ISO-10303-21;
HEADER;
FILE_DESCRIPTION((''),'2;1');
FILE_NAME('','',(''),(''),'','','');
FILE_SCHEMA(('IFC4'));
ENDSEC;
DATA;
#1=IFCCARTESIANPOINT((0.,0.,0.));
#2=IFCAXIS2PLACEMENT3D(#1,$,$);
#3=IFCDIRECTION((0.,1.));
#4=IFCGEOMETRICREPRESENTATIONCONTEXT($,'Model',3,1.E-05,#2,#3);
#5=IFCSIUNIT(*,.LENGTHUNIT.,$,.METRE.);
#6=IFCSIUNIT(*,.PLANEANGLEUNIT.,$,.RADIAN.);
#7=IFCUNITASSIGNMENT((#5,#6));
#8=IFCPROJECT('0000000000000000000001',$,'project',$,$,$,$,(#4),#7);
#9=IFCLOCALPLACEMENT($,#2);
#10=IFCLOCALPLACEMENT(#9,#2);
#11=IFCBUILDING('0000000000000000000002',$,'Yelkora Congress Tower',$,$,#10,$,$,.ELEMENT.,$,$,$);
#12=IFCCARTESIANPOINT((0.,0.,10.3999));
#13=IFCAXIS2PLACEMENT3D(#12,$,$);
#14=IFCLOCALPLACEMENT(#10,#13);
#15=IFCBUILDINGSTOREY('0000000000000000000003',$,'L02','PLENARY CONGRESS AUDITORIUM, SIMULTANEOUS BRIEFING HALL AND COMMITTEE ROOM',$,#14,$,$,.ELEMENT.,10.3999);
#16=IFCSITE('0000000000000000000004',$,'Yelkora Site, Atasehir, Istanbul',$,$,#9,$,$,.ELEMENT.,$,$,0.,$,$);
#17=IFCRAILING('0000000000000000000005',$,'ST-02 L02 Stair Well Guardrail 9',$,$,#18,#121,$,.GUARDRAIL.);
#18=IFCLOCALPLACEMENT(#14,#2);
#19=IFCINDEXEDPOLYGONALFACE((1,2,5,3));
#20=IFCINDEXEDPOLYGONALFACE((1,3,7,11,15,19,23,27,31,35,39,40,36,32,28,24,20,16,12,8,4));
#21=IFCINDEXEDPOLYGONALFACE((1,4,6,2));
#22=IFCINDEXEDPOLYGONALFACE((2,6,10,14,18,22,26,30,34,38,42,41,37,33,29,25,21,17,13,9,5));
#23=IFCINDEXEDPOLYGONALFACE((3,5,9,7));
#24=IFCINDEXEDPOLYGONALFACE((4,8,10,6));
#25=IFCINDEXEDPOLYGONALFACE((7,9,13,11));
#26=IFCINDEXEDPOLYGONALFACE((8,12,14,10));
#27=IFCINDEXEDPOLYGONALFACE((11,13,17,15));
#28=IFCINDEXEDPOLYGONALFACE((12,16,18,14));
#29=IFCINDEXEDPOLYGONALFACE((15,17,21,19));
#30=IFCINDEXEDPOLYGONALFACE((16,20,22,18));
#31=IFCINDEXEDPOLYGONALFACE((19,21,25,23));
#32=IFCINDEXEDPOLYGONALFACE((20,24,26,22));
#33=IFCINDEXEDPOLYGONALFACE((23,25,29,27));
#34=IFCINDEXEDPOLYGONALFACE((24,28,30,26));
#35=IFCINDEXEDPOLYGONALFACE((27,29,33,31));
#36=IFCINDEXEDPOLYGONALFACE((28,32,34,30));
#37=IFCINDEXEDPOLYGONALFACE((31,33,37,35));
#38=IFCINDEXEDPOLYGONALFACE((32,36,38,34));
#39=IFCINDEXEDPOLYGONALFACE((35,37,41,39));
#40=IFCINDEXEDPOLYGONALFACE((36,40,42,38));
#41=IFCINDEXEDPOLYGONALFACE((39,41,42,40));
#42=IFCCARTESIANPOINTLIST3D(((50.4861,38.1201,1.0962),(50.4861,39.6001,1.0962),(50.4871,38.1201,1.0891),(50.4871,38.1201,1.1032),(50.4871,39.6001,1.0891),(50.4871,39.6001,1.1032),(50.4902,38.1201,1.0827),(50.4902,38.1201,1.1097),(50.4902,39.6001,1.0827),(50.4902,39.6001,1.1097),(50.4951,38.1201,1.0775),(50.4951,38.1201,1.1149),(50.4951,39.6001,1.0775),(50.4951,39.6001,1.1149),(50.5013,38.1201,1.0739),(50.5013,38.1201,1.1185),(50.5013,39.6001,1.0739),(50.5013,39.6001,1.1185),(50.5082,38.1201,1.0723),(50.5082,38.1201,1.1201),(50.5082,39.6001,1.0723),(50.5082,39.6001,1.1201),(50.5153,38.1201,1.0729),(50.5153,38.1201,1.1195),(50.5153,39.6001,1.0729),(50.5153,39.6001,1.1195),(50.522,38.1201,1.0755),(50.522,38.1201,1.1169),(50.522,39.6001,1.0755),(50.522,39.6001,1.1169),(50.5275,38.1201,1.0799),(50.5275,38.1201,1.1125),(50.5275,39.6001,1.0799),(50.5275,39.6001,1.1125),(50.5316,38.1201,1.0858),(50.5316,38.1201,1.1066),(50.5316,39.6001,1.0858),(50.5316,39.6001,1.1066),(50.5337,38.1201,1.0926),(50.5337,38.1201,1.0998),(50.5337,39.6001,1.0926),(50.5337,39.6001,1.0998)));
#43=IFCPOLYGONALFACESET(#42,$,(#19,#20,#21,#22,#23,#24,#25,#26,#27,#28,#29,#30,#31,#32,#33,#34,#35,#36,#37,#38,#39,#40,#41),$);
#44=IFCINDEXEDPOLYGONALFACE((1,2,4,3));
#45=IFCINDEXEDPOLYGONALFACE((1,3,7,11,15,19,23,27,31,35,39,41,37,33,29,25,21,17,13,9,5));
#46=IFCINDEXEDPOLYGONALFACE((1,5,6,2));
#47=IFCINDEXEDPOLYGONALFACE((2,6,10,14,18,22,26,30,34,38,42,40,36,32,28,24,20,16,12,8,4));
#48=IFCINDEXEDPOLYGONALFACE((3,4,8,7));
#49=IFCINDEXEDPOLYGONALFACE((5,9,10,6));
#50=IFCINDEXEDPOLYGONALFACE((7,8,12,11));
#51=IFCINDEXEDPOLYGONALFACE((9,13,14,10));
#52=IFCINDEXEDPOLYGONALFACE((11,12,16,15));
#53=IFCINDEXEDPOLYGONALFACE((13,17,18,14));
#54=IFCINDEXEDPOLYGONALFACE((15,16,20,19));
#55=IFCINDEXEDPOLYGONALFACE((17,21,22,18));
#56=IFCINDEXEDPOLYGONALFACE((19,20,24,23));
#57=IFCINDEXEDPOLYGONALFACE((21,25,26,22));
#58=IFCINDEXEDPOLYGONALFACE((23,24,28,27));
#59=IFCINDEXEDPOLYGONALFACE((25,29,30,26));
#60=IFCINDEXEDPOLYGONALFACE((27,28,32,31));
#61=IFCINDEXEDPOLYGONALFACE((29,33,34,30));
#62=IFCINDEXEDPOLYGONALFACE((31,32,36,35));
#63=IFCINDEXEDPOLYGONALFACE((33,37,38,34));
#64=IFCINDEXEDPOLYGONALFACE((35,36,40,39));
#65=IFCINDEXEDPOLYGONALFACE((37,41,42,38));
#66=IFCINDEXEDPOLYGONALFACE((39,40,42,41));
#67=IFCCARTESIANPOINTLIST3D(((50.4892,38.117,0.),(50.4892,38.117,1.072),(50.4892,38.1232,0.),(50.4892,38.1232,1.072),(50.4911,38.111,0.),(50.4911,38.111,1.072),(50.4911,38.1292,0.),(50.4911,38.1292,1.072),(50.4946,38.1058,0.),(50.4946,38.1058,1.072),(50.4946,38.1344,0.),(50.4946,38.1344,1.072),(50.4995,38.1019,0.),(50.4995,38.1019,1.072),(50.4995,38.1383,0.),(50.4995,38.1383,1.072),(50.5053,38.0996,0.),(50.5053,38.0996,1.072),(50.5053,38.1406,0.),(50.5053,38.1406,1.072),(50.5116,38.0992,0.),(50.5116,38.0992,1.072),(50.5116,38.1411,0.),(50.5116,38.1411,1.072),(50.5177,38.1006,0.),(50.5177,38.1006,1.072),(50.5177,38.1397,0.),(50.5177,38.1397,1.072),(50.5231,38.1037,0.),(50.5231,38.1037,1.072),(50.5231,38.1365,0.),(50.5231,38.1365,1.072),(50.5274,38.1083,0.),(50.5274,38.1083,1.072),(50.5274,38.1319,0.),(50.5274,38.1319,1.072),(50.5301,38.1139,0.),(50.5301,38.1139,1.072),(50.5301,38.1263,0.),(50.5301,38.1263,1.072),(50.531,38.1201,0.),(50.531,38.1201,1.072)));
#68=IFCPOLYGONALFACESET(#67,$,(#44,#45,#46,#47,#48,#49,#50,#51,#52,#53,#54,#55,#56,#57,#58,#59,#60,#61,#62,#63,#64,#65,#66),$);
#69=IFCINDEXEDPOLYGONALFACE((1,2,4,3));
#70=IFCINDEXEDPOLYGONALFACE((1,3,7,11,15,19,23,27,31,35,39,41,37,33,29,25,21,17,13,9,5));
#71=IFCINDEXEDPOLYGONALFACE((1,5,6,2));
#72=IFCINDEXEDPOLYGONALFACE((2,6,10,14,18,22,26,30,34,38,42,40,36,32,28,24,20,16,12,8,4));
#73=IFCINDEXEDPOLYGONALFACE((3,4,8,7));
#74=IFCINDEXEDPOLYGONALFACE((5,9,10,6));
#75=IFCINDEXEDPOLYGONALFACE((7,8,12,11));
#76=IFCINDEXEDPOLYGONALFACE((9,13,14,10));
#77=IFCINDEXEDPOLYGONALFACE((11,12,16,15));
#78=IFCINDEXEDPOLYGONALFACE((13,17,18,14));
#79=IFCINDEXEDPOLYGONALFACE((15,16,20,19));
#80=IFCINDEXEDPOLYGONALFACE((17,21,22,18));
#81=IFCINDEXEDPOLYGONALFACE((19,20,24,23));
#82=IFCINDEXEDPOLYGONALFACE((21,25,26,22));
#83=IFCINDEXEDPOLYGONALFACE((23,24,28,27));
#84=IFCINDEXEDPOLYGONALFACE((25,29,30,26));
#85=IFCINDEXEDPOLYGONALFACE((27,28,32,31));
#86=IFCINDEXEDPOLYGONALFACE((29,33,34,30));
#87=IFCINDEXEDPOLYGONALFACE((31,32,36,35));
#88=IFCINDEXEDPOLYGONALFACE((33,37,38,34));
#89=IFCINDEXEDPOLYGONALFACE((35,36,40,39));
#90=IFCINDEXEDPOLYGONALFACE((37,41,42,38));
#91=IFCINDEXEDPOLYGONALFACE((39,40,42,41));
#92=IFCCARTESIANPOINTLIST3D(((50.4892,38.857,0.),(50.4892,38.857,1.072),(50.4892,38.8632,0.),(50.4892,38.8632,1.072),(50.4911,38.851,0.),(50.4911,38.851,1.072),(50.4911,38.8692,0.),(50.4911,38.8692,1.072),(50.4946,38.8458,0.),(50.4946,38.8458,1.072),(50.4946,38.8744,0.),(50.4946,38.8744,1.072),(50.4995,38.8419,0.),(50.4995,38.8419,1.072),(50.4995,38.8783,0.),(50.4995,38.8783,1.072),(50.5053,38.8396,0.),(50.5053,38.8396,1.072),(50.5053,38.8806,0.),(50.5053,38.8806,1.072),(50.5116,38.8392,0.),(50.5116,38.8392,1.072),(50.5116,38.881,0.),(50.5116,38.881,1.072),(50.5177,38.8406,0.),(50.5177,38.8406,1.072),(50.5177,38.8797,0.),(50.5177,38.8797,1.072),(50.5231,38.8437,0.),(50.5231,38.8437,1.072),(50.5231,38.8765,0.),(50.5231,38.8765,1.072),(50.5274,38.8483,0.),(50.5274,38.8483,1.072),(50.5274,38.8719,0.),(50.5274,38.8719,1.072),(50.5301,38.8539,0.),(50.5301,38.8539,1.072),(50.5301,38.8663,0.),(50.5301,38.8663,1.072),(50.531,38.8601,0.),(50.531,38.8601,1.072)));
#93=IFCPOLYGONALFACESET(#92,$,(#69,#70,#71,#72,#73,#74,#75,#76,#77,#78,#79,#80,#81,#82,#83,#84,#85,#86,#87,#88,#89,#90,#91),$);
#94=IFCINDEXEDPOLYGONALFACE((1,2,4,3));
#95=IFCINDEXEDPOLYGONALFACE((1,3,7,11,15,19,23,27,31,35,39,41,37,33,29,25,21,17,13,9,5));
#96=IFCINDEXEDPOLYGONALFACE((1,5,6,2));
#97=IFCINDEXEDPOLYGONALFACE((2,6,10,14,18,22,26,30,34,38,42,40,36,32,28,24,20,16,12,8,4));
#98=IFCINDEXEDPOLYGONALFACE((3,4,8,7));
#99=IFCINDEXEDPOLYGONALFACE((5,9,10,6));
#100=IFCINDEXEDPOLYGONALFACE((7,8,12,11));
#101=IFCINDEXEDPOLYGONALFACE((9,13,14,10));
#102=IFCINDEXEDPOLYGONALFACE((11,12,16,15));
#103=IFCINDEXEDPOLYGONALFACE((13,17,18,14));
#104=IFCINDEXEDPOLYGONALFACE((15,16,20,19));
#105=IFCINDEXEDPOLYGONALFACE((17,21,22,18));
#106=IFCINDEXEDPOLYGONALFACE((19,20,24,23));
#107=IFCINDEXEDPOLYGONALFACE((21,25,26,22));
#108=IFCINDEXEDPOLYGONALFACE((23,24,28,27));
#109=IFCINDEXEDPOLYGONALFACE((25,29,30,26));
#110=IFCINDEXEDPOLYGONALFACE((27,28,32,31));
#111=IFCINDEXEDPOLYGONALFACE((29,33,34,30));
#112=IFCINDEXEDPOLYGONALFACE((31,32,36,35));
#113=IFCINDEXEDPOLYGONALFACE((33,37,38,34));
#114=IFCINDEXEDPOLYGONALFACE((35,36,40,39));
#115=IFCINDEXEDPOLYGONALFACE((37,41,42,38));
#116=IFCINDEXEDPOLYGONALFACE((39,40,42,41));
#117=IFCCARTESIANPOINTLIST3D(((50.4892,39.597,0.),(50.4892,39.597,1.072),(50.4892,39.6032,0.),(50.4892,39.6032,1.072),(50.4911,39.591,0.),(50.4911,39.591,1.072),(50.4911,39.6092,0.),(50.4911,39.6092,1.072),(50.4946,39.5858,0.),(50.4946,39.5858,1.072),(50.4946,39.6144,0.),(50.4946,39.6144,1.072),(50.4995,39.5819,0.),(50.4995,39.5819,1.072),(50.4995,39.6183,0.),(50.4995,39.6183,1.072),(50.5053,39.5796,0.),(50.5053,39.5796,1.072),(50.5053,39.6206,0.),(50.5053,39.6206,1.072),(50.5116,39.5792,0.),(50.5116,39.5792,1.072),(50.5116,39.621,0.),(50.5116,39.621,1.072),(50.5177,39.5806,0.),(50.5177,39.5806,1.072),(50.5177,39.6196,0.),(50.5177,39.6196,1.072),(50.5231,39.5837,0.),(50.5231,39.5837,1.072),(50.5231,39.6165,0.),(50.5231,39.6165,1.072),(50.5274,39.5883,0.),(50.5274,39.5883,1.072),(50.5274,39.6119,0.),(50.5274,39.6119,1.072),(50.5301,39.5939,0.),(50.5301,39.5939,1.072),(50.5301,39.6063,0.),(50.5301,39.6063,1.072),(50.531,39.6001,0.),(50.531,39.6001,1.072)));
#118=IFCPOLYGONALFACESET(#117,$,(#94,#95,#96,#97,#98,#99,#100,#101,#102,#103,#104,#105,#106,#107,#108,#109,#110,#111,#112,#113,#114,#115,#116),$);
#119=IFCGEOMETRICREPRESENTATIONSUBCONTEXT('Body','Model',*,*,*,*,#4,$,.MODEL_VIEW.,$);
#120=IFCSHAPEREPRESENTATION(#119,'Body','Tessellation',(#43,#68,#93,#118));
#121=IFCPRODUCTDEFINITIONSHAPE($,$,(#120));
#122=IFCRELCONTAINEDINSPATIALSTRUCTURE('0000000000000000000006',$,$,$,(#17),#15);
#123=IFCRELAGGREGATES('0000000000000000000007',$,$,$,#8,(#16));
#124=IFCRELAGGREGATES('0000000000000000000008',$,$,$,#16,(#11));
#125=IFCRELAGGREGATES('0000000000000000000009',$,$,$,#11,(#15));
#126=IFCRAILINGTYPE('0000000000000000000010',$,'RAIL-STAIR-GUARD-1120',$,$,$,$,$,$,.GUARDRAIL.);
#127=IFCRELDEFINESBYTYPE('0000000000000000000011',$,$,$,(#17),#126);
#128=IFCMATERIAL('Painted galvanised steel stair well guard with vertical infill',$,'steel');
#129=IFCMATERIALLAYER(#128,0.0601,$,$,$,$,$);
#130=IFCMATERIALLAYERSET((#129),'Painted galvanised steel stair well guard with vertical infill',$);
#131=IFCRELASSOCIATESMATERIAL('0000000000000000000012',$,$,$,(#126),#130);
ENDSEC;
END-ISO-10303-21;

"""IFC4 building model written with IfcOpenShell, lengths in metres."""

from ifc_helpers import new_model, si_unit, direction, frame, origin, origin_2d, place, context, subcontext, project, spatial, circle, extrude, material, layer, layer_set, type_object, element, save


model = new_model("IFC4")

# Units and contexts
model_context = context("Model", 3, precision=1e-05, world=origin(), true_north=direction((0.0, 1.0)))
body_context = subcontext(model_context, "Body", "Model", "MODEL_VIEW")
ifc_project = project(units=[si_unit("LENGTHUNIT", "METRE"), si_unit("PLANEANGLEUNIT", "RADIAN")], contexts=[model_context])

# Site, building, storey
site_placement = place(None, origin())
site = spatial("IfcSite", under=ifc_project, at=site_placement, Name="Yelkora Site, Atasehir, Istanbul", CompositionType="ELEMENT", RefElevation=0.0)
building_placement = place(site_placement, origin())
building = spatial("IfcBuilding", under=site, at=building_placement, Name="Yelkora Congress Tower", CompositionType="ELEMENT")
storey_placement = place(building_placement, frame((0.0, 0.0, 10.3999)))
storey = spatial("IfcBuildingStorey", under=building, at=storey_placement, Name="L02", Description="PLENARY CONGRESS AUDITORIUM, SIMULTANEOUS BRIEFING HALL AND COMMITTEE ROOM", CompositionType="ELEMENT", Elevation=10.3999)

# Railing
ifc_material_1 = material(Name="Painted galvanised steel stair well guard with vertical infill", Category="steel")
ifc_layer_1 = layer(ifc_material_1, 0.0601)
ifc_layer_set_1 = layer_set([ifc_layer_1], Name="Painted galvanised steel stair well guard with vertical infill")
railing_type_1 = type_object("IfcRailingType", Name="RAIL-STAIR-GUARD-1120", PredefinedType="GUARDRAIL", material=ifc_layer_set_1)
for number, where, name in (
    (1, (50.51, 38.1201, 0.0), "ST-02 L02 Stair Well Guardrail 9"),
):
    element("IfcRailing", number, at=place(storey_placement, frame(where)), inside=storey, type_object=railing_type_1, Name=name, PredefinedType="GUARDRAIL", context=body_context, shape_type="SweptSolid", body=[
        extrude(circle(Radius=0.0239, at=origin_2d()), frame((0.0, 0.0, 1.0962), z_axis=(0.0, 1.0, 0.0), x_axis=(-1.0, 0.0, 0.0)), (0.0, 0.0, 1.0), 1.48),
        extrude(circle(Radius=0.021, at=origin_2d()), origin(), (0.0, 0.0, 1.0), 1.072),
        extrude(circle(Radius=0.021, at=origin_2d()), frame((0.0, 0.74, 0.0)), (0.0, 0.0, 1.0), 1.072),
        extrude(circle(Radius=0.021, at=origin_2d()), frame((0.0, 1.48, 0.0)), (0.0, 0.0, 1.0), 1.072),
    ])

save(model, "model.ifc")
